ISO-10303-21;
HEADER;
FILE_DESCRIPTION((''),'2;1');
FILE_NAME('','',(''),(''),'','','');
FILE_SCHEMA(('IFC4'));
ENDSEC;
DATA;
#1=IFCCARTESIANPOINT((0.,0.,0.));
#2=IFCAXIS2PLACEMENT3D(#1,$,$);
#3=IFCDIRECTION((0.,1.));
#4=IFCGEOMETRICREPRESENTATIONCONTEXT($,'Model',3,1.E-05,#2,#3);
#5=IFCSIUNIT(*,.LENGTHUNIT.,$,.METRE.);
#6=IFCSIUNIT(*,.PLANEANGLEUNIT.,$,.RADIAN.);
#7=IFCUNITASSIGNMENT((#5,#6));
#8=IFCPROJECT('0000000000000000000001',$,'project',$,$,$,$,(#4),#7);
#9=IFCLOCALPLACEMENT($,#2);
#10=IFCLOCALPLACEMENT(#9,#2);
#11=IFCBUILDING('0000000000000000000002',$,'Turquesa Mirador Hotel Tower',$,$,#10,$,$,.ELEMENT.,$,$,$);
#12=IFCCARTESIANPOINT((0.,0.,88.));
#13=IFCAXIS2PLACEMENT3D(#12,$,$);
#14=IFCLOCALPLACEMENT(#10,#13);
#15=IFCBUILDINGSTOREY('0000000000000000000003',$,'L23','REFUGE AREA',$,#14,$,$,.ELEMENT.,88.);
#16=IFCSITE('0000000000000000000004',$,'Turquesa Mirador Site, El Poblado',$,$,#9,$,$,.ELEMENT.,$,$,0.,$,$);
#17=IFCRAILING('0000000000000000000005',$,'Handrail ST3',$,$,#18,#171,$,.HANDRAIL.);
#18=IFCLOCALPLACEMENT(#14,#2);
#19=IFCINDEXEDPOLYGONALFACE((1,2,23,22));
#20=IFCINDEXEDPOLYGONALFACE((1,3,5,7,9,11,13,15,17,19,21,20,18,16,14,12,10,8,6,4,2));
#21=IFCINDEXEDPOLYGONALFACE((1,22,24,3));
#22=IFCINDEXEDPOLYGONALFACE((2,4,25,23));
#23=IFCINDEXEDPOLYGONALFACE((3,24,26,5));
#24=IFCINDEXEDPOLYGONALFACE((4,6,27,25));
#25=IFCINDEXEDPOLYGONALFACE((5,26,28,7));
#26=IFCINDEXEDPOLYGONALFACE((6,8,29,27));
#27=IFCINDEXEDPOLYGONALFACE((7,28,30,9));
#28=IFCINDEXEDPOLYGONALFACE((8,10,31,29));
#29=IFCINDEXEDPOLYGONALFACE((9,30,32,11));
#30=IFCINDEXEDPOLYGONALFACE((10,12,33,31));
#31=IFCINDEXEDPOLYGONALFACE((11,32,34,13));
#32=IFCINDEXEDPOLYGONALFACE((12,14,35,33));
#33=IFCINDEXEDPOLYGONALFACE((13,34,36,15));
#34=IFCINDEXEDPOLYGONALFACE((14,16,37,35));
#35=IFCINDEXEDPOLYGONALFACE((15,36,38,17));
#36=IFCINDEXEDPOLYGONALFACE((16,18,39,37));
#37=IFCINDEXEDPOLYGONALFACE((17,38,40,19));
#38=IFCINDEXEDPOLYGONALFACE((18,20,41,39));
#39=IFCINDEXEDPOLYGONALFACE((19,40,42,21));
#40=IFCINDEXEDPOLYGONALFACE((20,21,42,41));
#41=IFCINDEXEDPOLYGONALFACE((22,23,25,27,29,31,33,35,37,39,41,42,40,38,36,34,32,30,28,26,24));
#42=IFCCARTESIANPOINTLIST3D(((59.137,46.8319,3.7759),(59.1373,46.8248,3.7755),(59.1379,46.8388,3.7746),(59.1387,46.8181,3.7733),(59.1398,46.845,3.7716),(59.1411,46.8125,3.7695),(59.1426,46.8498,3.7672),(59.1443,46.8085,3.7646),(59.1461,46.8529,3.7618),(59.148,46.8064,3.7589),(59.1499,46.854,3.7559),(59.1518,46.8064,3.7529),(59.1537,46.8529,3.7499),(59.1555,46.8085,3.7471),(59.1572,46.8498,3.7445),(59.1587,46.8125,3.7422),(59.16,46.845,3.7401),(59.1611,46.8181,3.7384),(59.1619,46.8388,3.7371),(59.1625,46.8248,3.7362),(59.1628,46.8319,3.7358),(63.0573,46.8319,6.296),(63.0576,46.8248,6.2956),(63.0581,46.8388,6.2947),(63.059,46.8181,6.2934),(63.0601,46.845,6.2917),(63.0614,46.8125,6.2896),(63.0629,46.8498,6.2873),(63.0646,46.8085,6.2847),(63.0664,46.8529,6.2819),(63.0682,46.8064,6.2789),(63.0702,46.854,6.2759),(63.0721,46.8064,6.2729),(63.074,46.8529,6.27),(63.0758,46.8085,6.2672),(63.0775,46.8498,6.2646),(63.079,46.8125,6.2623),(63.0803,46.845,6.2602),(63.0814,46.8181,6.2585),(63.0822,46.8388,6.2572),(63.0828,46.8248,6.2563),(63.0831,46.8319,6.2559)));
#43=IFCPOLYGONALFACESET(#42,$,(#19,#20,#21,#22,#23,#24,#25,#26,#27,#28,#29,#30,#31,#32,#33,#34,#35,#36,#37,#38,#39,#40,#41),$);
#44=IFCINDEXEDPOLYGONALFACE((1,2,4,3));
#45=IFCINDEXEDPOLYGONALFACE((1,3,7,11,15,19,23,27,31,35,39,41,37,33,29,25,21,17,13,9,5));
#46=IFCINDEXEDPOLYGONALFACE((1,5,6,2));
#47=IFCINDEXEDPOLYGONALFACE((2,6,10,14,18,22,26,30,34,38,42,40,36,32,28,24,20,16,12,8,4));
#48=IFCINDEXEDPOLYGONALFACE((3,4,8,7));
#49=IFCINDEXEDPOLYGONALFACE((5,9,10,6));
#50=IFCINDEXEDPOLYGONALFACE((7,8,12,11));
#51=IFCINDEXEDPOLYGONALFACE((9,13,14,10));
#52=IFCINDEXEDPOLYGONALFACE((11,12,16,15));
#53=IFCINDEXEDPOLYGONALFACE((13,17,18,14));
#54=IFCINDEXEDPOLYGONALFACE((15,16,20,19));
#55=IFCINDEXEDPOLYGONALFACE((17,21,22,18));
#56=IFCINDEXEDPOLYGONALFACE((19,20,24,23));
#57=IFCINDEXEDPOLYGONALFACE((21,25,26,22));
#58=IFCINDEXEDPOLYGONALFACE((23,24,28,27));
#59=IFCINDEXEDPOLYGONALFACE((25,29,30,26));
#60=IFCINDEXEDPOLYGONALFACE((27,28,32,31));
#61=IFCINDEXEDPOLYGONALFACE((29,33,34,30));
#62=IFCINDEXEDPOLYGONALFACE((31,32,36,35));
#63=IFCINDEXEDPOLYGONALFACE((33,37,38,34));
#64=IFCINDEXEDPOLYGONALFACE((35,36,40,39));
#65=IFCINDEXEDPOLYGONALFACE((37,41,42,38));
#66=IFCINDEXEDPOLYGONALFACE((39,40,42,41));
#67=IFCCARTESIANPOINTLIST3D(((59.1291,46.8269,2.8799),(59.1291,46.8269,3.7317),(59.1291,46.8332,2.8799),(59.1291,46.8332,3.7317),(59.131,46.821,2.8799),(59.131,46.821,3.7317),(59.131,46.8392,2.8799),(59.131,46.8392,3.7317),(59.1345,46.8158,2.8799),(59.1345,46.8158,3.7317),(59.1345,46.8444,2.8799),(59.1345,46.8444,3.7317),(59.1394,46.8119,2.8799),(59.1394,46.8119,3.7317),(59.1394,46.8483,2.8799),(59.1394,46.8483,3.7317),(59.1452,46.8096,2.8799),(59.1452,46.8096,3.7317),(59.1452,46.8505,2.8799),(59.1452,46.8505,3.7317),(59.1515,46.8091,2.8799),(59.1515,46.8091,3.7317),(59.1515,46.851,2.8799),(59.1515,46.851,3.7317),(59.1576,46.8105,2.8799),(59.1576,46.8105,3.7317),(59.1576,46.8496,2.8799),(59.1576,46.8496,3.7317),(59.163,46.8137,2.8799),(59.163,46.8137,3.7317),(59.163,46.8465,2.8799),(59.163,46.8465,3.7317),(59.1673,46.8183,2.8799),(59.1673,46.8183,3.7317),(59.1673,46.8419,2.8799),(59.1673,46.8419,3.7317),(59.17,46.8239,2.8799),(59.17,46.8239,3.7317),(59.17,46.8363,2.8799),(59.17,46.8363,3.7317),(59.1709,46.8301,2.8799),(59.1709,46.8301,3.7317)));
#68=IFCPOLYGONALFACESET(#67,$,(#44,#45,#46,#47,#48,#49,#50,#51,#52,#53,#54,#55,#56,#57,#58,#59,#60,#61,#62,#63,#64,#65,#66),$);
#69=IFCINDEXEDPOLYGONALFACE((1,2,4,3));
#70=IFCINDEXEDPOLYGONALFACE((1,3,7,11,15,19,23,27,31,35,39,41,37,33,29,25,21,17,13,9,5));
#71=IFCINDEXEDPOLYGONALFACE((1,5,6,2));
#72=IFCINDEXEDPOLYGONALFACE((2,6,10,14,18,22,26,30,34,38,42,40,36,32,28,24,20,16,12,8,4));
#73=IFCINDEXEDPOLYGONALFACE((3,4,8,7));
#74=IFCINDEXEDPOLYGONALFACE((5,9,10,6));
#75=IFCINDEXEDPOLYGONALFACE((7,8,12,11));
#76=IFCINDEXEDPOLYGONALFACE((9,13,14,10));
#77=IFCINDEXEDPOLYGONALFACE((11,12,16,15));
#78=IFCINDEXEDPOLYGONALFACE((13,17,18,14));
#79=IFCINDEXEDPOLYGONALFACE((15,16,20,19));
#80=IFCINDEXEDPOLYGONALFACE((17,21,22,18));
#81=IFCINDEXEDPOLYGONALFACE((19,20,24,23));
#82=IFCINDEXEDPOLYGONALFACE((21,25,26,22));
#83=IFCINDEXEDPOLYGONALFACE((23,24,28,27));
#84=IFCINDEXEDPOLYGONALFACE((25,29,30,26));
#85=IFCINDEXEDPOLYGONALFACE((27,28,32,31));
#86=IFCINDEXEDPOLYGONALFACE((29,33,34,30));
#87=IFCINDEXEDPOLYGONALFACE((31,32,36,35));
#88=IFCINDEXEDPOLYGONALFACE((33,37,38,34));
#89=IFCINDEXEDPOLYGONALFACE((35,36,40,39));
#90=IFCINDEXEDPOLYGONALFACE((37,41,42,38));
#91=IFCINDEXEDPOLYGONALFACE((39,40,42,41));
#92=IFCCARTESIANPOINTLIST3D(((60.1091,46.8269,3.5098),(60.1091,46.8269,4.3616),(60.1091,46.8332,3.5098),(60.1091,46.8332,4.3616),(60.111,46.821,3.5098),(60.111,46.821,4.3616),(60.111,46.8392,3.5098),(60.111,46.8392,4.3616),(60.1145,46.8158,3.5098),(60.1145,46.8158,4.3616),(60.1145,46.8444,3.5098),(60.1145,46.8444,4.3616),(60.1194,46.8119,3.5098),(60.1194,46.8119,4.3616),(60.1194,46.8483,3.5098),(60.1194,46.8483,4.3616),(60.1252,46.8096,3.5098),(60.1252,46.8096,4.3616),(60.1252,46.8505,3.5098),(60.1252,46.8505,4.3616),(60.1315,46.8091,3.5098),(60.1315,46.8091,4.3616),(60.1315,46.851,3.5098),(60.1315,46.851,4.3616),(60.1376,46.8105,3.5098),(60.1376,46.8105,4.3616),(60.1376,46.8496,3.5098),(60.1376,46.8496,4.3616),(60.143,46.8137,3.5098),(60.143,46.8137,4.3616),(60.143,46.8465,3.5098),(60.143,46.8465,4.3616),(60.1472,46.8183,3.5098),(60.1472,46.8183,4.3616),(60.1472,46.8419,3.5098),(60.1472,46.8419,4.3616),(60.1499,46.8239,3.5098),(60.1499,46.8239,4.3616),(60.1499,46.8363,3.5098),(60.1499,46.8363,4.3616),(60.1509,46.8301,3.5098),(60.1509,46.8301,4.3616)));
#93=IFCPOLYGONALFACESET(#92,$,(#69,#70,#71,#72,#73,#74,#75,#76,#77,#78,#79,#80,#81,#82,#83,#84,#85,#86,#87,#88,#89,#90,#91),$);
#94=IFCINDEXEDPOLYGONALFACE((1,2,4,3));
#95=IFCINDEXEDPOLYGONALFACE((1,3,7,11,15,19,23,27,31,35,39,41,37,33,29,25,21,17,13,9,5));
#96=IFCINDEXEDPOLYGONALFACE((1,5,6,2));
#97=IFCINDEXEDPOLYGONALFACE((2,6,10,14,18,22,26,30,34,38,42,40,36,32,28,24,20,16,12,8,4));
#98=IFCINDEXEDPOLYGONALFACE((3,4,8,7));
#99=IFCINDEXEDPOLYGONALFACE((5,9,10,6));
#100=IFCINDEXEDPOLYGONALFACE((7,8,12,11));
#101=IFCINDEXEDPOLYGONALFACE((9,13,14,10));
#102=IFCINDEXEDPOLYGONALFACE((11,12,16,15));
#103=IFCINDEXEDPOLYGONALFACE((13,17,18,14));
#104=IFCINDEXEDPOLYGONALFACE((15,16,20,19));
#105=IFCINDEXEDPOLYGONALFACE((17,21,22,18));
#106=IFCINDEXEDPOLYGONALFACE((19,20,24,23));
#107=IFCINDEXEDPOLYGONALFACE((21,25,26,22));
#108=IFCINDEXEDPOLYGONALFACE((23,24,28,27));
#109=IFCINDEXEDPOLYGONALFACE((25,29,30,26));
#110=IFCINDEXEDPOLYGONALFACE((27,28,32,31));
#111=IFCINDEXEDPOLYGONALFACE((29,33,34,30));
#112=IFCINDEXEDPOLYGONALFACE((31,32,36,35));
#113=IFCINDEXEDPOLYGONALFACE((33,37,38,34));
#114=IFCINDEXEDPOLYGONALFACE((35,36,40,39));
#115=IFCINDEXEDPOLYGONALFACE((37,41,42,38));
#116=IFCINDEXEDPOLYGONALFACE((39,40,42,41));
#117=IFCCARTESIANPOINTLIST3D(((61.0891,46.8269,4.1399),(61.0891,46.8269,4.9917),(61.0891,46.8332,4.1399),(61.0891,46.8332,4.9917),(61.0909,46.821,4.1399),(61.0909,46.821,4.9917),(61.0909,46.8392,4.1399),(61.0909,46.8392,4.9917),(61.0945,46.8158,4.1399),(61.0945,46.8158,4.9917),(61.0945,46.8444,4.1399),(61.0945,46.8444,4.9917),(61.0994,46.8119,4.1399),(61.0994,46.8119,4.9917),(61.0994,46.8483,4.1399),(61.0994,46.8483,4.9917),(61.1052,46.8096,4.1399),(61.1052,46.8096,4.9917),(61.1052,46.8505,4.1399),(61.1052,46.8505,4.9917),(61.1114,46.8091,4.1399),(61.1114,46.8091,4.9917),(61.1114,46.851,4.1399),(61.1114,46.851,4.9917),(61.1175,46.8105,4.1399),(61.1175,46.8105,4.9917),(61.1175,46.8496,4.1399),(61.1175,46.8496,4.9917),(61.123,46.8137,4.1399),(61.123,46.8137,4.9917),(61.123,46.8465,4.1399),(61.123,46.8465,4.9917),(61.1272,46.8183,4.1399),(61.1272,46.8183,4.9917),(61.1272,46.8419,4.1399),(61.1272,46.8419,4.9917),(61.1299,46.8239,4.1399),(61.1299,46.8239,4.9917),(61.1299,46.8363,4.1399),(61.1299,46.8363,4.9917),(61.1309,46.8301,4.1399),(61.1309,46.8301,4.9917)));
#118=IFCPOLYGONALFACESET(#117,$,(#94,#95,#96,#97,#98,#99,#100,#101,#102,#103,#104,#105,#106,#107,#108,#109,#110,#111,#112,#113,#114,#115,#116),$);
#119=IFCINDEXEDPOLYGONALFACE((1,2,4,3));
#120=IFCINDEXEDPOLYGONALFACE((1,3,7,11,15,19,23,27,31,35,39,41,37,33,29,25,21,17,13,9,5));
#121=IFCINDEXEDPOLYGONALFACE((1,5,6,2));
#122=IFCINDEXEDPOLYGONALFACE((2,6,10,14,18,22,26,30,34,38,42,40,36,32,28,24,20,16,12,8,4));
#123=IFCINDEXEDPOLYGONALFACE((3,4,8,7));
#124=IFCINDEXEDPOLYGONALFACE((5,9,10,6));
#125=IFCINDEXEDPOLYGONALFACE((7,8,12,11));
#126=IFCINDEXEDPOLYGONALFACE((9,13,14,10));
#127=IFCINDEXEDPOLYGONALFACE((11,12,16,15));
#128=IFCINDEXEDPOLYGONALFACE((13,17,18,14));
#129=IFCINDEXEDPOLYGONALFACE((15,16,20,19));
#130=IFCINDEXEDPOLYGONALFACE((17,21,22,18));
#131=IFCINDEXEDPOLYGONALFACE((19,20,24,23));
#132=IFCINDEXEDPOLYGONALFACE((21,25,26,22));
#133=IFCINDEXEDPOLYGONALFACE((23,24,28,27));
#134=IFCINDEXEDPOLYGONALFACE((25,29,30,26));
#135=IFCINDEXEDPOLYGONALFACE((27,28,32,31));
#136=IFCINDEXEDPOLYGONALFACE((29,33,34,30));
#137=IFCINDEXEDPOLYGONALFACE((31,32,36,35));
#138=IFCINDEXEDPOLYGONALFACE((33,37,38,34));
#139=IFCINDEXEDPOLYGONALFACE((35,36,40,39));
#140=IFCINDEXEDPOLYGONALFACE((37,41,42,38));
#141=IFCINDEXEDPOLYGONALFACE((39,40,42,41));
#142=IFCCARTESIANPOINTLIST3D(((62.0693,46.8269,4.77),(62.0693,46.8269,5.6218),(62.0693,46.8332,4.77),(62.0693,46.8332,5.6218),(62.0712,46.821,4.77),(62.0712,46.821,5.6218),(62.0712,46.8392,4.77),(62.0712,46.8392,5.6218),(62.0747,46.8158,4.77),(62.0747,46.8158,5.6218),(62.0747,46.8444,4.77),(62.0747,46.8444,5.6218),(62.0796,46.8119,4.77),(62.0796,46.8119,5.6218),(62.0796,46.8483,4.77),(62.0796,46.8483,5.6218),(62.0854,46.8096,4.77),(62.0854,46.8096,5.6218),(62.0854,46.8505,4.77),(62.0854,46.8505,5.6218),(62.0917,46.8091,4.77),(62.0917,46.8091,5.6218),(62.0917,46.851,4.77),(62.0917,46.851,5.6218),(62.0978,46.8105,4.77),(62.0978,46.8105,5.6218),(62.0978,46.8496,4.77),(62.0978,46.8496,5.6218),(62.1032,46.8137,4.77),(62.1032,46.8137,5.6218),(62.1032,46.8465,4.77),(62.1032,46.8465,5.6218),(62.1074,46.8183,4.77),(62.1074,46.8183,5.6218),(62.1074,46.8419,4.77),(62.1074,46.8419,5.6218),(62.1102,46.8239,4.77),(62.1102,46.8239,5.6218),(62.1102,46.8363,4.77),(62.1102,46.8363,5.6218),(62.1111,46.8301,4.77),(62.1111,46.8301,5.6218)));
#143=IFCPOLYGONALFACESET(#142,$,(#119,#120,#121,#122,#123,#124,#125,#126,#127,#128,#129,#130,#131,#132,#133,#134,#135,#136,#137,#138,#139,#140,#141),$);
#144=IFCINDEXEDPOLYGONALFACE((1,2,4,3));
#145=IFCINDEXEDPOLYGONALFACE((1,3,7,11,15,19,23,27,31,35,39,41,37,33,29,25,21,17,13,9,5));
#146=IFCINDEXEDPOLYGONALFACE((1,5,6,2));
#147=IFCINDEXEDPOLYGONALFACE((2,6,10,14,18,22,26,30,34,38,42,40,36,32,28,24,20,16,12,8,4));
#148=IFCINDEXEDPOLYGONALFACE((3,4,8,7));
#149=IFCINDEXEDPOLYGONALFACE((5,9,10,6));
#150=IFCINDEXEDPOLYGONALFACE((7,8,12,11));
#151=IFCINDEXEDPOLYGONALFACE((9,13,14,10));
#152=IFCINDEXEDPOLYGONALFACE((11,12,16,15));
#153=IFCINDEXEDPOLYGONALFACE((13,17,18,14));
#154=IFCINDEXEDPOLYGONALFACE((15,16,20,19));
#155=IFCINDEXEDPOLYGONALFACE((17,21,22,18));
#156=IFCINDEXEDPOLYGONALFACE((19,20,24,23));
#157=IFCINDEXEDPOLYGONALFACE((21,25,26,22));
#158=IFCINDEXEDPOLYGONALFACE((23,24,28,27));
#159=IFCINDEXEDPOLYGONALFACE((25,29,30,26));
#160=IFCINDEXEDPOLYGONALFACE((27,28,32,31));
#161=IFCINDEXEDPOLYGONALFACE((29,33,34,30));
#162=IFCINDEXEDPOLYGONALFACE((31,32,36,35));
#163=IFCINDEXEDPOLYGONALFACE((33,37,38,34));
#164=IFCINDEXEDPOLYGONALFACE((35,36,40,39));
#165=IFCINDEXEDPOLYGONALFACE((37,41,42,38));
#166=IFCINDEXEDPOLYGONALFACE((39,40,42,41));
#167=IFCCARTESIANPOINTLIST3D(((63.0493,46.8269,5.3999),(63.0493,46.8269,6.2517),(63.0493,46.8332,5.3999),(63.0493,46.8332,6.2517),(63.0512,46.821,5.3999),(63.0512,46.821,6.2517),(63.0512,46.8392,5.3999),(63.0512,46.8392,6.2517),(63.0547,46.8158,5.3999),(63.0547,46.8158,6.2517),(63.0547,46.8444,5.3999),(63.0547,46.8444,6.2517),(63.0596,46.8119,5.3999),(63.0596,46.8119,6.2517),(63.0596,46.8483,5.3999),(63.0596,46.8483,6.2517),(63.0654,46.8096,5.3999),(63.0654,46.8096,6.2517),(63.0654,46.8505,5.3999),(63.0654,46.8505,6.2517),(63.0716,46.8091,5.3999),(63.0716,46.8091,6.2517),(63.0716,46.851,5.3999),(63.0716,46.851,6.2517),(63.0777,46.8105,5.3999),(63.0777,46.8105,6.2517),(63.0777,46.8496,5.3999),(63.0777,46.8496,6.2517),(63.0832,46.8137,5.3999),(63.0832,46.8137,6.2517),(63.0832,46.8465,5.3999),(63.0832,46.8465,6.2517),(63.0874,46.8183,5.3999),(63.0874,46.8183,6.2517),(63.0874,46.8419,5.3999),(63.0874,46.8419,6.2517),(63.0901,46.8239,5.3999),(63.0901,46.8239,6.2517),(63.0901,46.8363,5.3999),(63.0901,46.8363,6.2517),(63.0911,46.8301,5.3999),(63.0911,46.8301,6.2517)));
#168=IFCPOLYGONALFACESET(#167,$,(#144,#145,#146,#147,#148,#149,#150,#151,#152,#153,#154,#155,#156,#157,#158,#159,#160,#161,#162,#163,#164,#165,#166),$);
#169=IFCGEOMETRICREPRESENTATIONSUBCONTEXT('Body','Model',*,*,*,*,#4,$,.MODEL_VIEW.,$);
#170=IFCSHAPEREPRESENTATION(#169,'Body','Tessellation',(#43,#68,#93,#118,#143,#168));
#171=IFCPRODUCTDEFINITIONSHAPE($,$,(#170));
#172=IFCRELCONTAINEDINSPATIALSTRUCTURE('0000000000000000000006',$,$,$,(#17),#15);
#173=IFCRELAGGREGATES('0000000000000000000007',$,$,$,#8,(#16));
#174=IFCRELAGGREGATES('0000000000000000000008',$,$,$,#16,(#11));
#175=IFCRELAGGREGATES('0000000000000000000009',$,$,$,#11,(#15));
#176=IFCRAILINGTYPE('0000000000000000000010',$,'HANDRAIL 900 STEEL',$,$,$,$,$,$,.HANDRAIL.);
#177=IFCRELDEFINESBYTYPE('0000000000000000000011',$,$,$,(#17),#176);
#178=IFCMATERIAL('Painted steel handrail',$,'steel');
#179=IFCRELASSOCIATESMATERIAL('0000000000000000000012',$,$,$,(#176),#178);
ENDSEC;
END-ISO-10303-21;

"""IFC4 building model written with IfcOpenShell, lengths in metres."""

from ifc_helpers import new_model, si_unit, direction, frame, origin, origin_2d, place, context, subcontext, project, spatial, circle, extrude, material, type_object, element, save


model = new_model("IFC4")

# Units and contexts
model_context = context("Model", 3, precision=1e-05, world=origin(), true_north=direction((0.0, 1.0)))
body_context = subcontext(model_context, "Body", "Model", "MODEL_VIEW")
ifc_project = project(units=[si_unit("LENGTHUNIT", "METRE"), si_unit("PLANEANGLEUNIT", "RADIAN")], contexts=[model_context])

# Site, building, storey
site_placement = place(None, origin())
site = spatial("IfcSite", under=ifc_project, at=site_placement, Name="Turquesa Mirador Site, El Poblado", CompositionType="ELEMENT", RefElevation=0.0)
building_placement = place(site_placement, origin())
building = spatial("IfcBuilding", under=site, at=building_placement, Name="Turquesa Mirador Hotel Tower", CompositionType="ELEMENT")
storey_placement = place(building_placement, frame((0.0, 0.0, 88.0)))
storey = spatial("IfcBuildingStorey", under=building, at=storey_placement, Name="L23", Description="REFUGE AREA", CompositionType="ELEMENT", Elevation=88.0)

# Railing
ifc_material_1 = material(Name="Painted steel handrail", Category="steel")
railing_type = type_object("IfcRailingType", Name="HANDRAIL 900 STEEL", PredefinedType="HANDRAIL", material=ifc_material_1)
railing_placement = place(storey_placement, frame((59.1499, 46.8301, 2.8799)))
element("IfcRailing", 1, at=railing_placement, inside=storey, type_object=railing_type, Name="Handrail ST3", PredefinedType="HANDRAIL", context=body_context, shape_type="SweptSolid", body=[
    extrude(circle(Radius=0.0239, at=origin_2d()), frame((0.0, 0.0, 0.876), z_axis=(0.841187, 0.0, 0.540744), x_axis=(0.0, 1.0, 0.0)), (0.0, 0.0, 1.0), 4.6604),
    extrude(circle(Radius=0.021, at=origin_2d()), origin(), (0.0, 0.0, 1.0), 0.8518),
    extrude(circle(Radius=0.021, at=origin_2d()), frame((0.98, 0.0, 0.6299)), (0.0, 0.0, 1.0), 0.8518),
    extrude(circle(Radius=0.021, at=origin_2d()), frame((1.96, 0.0, 1.26)), (0.0, 0.0, 1.0), 0.8518),
    extrude(circle(Radius=0.021, at=origin_2d()), frame((2.9402, 0.0, 1.8901)), (0.0, 0.0, 1.0), 0.8518),
    extrude(circle(Radius=0.021, at=origin_2d()), frame((3.9202, 0.0, 2.52)), (0.0, 0.0, 1.0), 0.8518),
])

save(model, "model.ifc")
